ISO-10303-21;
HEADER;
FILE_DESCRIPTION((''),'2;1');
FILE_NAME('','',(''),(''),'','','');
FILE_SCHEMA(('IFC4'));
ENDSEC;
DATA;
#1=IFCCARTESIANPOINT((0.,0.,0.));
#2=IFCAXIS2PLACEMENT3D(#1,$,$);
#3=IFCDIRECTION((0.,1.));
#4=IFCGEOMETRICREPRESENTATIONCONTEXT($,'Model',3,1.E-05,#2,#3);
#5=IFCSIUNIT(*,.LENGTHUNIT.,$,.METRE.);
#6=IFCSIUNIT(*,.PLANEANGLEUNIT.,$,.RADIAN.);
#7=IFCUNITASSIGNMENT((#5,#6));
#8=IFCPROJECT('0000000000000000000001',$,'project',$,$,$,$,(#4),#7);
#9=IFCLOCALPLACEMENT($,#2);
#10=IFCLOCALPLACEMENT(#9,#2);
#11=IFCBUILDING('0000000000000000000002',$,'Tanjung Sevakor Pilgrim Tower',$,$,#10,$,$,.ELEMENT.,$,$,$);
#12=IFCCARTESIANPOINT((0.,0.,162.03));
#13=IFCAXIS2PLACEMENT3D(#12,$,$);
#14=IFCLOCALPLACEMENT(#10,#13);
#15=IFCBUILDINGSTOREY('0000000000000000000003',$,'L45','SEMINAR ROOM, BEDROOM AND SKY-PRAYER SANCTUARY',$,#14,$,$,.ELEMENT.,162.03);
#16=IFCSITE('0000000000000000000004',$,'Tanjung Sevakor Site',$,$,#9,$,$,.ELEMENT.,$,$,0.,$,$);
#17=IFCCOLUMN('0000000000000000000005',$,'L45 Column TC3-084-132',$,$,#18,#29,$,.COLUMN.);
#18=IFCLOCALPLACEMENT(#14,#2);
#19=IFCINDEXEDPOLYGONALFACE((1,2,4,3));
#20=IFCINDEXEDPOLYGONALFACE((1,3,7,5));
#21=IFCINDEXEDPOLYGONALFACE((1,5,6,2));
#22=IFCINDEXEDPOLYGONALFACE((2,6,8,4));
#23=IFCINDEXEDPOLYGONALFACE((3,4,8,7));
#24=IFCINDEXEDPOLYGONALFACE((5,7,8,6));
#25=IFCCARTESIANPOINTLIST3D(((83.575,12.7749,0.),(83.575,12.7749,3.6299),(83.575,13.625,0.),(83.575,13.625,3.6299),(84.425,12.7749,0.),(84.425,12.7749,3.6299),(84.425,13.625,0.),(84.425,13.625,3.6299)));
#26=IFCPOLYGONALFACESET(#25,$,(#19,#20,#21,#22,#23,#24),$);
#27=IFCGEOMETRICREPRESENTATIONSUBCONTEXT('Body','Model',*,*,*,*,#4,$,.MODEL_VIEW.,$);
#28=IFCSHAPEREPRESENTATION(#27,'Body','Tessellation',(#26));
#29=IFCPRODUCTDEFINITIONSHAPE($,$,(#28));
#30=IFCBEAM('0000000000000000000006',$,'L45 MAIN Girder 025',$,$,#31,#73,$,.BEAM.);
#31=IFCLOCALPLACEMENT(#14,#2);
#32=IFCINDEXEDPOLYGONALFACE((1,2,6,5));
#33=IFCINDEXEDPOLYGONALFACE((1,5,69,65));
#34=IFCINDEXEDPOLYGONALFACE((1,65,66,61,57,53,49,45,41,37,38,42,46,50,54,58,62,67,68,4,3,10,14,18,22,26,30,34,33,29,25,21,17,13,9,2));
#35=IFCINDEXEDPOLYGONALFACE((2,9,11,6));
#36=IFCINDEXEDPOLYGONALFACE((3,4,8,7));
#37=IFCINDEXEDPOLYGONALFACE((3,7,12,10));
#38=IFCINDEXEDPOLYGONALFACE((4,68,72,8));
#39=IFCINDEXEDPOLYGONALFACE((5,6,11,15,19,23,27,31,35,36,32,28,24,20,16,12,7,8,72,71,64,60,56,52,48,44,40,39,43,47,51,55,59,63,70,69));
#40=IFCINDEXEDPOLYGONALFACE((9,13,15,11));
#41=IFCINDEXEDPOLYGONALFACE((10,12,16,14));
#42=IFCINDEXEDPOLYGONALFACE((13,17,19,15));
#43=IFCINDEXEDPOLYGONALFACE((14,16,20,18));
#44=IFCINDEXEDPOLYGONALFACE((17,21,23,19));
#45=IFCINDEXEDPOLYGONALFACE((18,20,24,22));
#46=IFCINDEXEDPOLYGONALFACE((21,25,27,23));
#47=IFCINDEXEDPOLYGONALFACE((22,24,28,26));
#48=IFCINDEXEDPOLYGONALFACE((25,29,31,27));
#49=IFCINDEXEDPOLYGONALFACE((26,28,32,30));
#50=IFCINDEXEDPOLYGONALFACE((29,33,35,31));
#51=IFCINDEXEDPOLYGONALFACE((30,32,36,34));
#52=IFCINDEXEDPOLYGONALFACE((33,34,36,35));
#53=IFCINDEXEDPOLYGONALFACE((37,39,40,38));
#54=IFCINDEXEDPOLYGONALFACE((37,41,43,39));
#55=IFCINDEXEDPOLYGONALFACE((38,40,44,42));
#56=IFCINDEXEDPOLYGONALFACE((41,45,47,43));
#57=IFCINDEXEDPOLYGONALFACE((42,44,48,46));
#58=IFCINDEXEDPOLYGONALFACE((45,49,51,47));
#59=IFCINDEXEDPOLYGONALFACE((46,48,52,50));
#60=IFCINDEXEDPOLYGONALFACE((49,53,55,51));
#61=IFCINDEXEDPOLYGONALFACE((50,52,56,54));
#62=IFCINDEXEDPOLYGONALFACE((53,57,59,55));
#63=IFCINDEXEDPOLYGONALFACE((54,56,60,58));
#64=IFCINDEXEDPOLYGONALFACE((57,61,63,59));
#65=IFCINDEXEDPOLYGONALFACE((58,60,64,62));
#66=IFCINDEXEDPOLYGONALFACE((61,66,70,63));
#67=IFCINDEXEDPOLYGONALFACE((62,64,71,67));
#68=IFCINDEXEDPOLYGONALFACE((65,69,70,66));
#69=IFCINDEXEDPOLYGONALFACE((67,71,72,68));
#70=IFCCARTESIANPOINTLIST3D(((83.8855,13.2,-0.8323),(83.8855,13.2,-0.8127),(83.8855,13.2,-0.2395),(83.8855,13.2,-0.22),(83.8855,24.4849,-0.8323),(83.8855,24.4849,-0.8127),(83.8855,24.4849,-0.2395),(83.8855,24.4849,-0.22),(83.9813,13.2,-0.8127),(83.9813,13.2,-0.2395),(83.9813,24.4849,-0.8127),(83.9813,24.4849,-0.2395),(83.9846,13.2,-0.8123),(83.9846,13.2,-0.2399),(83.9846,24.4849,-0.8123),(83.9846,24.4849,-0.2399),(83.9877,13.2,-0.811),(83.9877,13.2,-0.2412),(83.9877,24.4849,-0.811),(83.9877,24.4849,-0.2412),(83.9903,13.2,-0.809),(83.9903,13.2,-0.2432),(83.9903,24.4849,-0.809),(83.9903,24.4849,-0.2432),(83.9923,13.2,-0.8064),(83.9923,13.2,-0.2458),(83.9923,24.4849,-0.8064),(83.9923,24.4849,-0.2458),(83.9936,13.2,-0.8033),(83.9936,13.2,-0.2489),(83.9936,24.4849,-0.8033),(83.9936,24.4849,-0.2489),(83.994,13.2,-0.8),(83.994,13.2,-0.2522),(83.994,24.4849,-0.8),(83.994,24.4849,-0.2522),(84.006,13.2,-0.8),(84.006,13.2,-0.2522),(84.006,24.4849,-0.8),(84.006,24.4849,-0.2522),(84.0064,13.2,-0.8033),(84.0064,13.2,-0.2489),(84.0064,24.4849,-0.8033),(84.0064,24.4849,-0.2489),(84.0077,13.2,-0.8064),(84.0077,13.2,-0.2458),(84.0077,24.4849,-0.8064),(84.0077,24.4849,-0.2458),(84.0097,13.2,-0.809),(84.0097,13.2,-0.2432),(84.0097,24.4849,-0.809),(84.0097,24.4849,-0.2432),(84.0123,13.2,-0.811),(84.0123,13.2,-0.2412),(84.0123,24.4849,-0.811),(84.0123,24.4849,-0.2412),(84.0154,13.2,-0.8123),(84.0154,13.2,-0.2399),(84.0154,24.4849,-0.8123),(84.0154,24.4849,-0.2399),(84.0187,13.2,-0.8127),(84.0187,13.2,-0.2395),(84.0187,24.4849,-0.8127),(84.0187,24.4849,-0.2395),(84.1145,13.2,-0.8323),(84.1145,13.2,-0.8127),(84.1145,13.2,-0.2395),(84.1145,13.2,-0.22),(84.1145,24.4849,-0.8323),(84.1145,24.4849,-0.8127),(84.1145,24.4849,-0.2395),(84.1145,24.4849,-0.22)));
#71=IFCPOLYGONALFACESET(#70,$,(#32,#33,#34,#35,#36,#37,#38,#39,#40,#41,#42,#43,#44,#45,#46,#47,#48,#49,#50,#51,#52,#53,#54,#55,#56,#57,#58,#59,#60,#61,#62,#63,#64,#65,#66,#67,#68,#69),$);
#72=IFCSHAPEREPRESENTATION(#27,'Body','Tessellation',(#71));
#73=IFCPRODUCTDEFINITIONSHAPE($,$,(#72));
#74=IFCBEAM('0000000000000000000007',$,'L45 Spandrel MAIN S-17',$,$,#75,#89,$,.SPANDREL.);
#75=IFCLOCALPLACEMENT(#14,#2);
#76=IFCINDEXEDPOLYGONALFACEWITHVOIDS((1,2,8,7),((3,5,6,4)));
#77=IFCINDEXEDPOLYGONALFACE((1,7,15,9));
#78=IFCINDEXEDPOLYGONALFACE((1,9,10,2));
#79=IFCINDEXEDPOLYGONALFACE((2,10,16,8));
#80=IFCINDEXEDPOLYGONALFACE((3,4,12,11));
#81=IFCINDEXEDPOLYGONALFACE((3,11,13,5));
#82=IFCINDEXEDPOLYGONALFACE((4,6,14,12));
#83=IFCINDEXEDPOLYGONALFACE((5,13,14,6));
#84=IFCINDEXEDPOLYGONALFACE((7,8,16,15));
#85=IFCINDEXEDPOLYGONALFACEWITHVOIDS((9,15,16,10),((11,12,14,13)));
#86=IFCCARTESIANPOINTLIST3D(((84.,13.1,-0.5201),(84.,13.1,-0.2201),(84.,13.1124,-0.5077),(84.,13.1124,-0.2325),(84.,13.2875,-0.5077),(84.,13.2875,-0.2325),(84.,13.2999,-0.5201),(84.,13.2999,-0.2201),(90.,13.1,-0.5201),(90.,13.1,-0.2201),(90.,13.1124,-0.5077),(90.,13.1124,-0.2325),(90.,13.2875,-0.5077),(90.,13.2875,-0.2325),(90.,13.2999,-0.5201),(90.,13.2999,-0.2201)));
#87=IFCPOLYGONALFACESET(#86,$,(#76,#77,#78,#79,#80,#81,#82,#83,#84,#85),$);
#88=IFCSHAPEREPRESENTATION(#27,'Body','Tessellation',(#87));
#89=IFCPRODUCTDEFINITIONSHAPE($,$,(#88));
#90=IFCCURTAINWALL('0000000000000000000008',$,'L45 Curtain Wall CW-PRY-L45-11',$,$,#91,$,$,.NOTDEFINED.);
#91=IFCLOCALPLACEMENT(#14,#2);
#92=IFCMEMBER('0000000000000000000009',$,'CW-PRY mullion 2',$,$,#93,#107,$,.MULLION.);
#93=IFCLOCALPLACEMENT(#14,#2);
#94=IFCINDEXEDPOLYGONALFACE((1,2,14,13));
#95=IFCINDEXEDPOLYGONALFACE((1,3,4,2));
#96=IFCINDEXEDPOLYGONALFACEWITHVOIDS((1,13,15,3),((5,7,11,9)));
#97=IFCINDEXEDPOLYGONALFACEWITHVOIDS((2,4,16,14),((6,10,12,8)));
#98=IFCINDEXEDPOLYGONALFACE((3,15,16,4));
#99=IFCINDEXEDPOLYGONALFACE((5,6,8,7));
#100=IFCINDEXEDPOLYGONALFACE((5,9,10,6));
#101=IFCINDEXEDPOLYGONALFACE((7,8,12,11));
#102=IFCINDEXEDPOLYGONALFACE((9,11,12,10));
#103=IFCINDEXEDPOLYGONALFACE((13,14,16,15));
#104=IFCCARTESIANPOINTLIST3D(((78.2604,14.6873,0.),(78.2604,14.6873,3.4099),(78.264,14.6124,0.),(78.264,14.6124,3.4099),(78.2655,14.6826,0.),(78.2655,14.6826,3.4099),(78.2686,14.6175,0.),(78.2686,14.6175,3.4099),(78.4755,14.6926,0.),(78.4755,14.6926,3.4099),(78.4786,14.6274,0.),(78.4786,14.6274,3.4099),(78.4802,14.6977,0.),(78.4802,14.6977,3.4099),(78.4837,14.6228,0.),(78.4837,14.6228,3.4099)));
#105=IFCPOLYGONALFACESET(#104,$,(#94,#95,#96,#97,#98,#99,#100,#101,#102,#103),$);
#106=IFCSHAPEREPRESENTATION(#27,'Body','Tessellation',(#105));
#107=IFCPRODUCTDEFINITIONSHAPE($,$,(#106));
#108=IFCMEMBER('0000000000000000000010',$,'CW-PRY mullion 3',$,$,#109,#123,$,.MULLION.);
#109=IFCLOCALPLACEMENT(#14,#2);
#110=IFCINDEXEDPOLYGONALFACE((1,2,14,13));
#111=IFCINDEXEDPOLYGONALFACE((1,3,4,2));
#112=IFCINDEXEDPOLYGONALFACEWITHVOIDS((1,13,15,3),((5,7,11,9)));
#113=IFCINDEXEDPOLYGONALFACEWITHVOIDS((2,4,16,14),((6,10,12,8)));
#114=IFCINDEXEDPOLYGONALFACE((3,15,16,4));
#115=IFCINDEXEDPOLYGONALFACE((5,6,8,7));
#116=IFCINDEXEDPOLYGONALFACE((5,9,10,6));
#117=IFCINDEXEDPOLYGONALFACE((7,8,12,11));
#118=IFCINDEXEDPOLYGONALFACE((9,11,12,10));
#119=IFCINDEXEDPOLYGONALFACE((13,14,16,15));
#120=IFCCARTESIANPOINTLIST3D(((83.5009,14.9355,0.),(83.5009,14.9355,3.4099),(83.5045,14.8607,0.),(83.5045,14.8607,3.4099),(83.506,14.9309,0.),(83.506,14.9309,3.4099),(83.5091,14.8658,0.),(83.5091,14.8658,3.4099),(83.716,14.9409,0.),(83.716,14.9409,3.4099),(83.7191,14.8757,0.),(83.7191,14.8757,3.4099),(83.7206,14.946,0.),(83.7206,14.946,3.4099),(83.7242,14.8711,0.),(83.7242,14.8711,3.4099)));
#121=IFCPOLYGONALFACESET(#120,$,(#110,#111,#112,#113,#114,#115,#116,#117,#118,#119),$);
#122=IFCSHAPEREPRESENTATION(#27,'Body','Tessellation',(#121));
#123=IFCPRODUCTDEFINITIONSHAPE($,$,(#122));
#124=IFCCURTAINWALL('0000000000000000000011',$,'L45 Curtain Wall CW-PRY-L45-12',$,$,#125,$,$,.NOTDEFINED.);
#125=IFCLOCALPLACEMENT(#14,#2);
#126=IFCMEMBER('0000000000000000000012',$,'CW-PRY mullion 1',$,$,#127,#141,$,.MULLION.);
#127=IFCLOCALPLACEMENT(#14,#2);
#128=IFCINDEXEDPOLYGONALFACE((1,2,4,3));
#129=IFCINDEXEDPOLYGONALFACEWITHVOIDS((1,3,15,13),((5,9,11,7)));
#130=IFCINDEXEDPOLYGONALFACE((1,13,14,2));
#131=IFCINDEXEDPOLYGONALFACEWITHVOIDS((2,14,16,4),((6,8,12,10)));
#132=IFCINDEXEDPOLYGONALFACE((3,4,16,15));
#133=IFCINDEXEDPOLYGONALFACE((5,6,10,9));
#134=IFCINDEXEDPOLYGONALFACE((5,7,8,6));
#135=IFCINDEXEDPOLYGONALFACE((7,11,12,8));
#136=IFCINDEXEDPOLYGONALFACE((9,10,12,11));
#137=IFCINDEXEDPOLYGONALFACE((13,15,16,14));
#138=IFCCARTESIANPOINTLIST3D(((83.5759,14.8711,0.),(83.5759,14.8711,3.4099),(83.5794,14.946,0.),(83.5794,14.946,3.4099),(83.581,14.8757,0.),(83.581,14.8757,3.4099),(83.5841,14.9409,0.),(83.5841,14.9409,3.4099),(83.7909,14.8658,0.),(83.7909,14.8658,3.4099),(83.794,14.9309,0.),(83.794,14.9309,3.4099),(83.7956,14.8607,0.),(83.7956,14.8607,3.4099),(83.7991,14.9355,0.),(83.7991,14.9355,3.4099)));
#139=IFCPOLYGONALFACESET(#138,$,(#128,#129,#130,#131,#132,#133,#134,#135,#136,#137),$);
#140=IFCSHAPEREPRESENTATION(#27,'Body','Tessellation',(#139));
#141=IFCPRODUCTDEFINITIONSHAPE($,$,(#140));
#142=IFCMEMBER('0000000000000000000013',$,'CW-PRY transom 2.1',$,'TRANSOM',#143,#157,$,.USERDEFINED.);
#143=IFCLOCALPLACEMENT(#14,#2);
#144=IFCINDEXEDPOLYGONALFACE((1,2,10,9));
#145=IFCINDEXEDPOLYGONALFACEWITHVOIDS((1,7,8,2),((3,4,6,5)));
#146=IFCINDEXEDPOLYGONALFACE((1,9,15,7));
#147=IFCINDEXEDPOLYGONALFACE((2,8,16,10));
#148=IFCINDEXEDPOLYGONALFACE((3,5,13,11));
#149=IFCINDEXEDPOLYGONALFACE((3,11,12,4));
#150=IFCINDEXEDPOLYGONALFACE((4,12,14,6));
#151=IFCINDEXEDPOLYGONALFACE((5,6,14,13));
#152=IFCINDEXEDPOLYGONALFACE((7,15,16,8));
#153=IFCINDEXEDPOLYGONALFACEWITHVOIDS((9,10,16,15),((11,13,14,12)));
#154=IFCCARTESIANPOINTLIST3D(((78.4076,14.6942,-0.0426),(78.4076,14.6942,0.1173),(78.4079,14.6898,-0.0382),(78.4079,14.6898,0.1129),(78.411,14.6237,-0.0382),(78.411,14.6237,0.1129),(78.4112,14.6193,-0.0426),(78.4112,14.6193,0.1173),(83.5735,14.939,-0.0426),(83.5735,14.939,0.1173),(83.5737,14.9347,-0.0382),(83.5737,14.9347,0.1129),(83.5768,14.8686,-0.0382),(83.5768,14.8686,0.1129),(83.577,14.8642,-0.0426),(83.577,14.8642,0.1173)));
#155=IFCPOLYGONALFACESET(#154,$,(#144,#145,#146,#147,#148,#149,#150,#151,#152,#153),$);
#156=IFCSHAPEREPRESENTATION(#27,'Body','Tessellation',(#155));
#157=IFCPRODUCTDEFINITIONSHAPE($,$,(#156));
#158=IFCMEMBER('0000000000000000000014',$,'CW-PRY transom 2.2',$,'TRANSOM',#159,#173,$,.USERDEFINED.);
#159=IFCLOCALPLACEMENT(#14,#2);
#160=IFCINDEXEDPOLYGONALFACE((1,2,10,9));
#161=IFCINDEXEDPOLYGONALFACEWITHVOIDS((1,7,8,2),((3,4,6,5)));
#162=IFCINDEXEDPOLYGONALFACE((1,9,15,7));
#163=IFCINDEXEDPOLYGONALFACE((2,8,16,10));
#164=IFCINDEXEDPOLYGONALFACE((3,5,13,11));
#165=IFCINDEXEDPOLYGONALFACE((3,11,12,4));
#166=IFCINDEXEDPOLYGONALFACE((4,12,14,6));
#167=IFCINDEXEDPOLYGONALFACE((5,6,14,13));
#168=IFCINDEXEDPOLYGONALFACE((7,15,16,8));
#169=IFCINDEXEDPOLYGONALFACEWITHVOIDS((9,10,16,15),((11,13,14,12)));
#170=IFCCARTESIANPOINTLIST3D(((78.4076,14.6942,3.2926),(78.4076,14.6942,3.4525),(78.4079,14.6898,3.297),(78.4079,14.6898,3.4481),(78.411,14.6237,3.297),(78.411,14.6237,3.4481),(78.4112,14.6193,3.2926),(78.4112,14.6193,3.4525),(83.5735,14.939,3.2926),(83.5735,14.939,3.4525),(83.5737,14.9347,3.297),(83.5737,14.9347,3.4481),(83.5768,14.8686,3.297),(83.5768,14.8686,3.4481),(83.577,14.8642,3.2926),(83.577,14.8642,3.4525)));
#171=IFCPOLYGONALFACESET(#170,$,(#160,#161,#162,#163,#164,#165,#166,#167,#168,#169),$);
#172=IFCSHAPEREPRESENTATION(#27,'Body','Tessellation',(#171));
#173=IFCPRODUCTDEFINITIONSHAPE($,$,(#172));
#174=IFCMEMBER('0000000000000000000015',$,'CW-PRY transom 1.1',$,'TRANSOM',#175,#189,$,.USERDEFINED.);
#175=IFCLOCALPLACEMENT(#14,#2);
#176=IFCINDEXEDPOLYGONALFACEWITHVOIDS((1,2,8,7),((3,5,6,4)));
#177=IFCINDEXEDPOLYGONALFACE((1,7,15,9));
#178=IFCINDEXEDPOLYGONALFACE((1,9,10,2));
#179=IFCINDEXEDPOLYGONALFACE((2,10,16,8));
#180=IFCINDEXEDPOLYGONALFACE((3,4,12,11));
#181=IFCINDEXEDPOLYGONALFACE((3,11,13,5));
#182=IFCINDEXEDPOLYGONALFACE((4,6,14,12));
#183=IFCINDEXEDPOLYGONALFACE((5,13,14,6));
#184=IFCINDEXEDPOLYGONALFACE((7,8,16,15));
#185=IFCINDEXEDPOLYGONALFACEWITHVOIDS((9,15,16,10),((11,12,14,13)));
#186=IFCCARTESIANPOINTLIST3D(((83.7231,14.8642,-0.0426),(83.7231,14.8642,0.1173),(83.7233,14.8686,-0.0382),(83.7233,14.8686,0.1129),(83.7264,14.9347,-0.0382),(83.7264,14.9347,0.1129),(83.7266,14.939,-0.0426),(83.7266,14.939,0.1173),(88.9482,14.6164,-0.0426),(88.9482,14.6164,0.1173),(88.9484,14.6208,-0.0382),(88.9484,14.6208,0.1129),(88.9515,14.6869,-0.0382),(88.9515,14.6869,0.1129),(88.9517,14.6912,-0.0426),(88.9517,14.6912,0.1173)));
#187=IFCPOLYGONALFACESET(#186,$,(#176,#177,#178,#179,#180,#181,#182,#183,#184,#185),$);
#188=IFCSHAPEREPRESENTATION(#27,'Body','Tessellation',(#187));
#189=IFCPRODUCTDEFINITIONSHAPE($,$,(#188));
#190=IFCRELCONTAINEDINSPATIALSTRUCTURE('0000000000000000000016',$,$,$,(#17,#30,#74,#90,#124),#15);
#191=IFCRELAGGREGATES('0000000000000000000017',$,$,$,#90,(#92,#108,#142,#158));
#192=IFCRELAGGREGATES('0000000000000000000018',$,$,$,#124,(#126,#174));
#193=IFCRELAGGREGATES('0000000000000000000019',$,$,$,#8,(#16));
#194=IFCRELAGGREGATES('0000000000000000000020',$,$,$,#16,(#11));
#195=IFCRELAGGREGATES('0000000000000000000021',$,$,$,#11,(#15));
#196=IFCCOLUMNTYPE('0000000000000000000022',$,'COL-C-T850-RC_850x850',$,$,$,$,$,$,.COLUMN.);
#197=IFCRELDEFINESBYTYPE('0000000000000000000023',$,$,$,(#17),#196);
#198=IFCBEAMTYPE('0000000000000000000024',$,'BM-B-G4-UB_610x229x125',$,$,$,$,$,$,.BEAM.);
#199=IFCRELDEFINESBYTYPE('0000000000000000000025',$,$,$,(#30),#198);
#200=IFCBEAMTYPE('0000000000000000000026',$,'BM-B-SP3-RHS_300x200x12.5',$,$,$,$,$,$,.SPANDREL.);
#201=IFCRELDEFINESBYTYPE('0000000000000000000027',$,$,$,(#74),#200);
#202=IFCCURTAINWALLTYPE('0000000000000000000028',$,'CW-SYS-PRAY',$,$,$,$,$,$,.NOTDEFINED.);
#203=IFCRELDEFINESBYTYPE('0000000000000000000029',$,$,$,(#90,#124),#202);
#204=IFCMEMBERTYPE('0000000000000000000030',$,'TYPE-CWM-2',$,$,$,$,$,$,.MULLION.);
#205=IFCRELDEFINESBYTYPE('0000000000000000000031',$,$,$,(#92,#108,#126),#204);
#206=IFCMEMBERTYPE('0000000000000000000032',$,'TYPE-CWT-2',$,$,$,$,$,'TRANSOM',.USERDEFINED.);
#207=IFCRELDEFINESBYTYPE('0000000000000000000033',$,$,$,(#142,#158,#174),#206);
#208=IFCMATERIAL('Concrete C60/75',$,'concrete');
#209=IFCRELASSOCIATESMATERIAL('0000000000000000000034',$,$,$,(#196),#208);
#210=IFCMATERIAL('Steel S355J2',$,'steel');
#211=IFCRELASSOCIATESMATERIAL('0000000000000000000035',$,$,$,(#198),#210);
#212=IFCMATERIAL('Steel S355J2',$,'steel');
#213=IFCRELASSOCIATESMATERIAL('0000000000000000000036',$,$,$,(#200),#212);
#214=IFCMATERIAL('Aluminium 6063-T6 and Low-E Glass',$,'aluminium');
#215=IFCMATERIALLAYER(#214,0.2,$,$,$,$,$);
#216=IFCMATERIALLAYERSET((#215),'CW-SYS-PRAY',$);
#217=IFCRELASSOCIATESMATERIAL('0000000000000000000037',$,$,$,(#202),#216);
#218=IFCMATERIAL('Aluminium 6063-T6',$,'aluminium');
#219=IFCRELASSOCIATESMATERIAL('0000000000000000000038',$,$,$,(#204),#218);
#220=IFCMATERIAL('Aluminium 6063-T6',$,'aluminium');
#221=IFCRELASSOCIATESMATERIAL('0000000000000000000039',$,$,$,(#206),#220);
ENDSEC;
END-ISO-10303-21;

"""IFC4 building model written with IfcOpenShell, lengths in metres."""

from ifc_helpers import new_model, si_unit, direction, frame, origin, origin_2d, place, context, subcontext, project, spatial, rectangle, hollow_rectangle, i_section, extrude, material, layer, layer_set, material_profile, profile_set, type_object, element, aggregate, save


model = new_model("IFC4")

# Units and contexts
model_context = context("Model", 3, precision=1e-05, world=origin(), true_north=direction((0.0, 1.0)))
body_context = subcontext(model_context, "Body", "Model", "MODEL_VIEW")
ifc_project = project(units=[si_unit("LENGTHUNIT", "METRE"), si_unit("PLANEANGLEUNIT", "RADIAN")], contexts=[model_context])

# Site, building, storey
site_placement = place(None, origin())
site = spatial("IfcSite", under=ifc_project, at=site_placement, Name="Tanjung Sevakor Site", CompositionType="ELEMENT", RefElevation=0.0)
building_placement = place(site_placement, origin())
building = spatial("IfcBuilding", under=site, at=building_placement, Name="Tanjung Sevakor Pilgrim Tower", CompositionType="ELEMENT")
storey_placement = place(building_placement, frame((0.0, 0.0, 162.03)))
storey = spatial("IfcBuildingStorey", under=building, at=storey_placement, Name="L45", Description="SEMINAR ROOM, BEDROOM AND SKY-PRAYER SANCTUARY", CompositionType="ELEMENT", Elevation=162.03)

# Column
ifc_material_1 = material(Name="Concrete C60/75", Category="concrete")
ifc_material_profile_1 = material_profile(ifc_material_1, rectangle(XDim=0.8501, YDim=0.8501, at=origin_2d()))
ifc_profile_set_1 = profile_set([ifc_material_profile_1], Name="Concrete C60/75")
column_type = type_object("IfcColumnType", Name="COL-C-T850-RC_850x850", PredefinedType="COLUMN", material=ifc_profile_set_1)
column_placement = place(storey_placement, frame((84.0, 13.2, 0.0), z_axis=(0.0, 0.0, 1.0), x_axis=(1.0, 0.0, 0.0)))
element("IfcColumn", 1, at=column_placement, inside=storey, type_object=column_type, Name="L45 Column TC3-084-132", PredefinedType="COLUMN", context=body_context, shape_type="SweptSolid", body=[
    extrude(rectangle(XDim=0.8501, YDim=0.8501, at=origin_2d()), origin(), (0.0, 0.0, 1.0), 3.6299),
])

# Beams
ifc_material_2 = material(Name="Steel S355J2", Category="steel")
ifc_material_profile_2 = material_profile(ifc_material_2, i_section(OverallWidth=0.229, OverallDepth=0.6123, WebThickness=0.012, FlangeThickness=0.0195, FilletRadius=0.0127, at=origin_2d()))
ifc_profile_set_2 = profile_set([ifc_material_profile_2], Name="Steel S355J2")
beam_type_1 = type_object("IfcBeamType", Name="BM-B-G4-UB_610x229x125", PredefinedType="BEAM", material=ifc_profile_set_2)
beam_1_placement = place(storey_placement, frame((84.0, 13.2, -0.5261), z_axis=(0.0, 1.0, 0.0), x_axis=(-1.0, 0.0, 0.0)))
element("IfcBeam", 2, at=beam_1_placement, inside=storey, type_object=beam_type_1, Name="L45 MAIN Girder 025", PredefinedType="BEAM", context=body_context, shape_type="SweptSolid", body=[
    extrude(i_section(OverallWidth=0.229, OverallDepth=0.6123, WebThickness=0.012, FlangeThickness=0.0195, FilletRadius=0.0127, at=origin_2d()), origin(), (0.0, 0.0, 1.0), 11.2849),
])
ifc_material_3 = material(Name="Steel S355J2", Category="steel")
ifc_material_profile_3 = material_profile(ifc_material_3, hollow_rectangle(XDim=0.2, YDim=0.3, WallThickness=0.0125, at=origin_2d()))
ifc_profile_set_3 = profile_set([ifc_material_profile_3], Name="Steel S355J2")
beam_type_2 = type_object("IfcBeamType", Name="BM-B-SP3-RHS_300x200x12.5", PredefinedType="SPANDREL", material=ifc_profile_set_3)
beam_2_placement = place(storey_placement, frame((84.0, 13.2, -0.3701), z_axis=(1.0, 0.0, 0.0), x_axis=(0.0, 1.0, 0.0)))
element("IfcBeam", 3, at=beam_2_placement, inside=storey, type_object=beam_type_2, Name="L45 Spandrel MAIN S-17", PredefinedType="SPANDREL", context=body_context, shape_type="SweptSolid", body=[
    extrude(hollow_rectangle(XDim=0.2, YDim=0.3, WallThickness=0.0125, at=origin_2d()), origin(), (0.0, 0.0, 1.0), 6.0),
])

# Curtain wall, members
ifc_material_4 = material(Name="Aluminium 6063-T6 and Low-E Glass", Category="aluminium")
ifc_layer_1 = layer(ifc_material_4, 0.2)
ifc_layer_set_1 = layer_set([ifc_layer_1], Name="CW-SYS-PRAY")
curtain_wall_type = type_object("IfcCurtainWallType", Name="CW-SYS-PRAY", PredefinedType="NOTDEFINED", material=ifc_layer_set_1)
curtain_wall_1_placement = place(storey_placement, origin())
curtain_wall_1 = element("IfcCurtainWall", 4, at=curtain_wall_1_placement, inside=storey, type_object=curtain_wall_type, Name="L45 Curtain Wall CW-PRY-L45-11", PredefinedType="NOTDEFINED")
ifc_material_5 = material(Name="Aluminium 6063-T6", Category="aluminium")
ifc_material_profile_4 = material_profile(ifc_material_5, hollow_rectangle(XDim=0.075, YDim=0.22, WallThickness=0.0049, at=origin_2d()))
ifc_profile_set_4 = profile_set([ifc_material_profile_4], Name="Aluminium 6063-T6")
member_type_1 = type_object("IfcMemberType", Name="TYPE-CWM-2", PredefinedType="MULLION", material=ifc_profile_set_4)
member_1_placement = place(storey_placement, frame((78.3721, 14.655, 0.0), z_axis=(0.0, 0.0, 1.0), x_axis=(-0.047333, 0.998879, 0.0)))
member_1 = element("IfcMember", 5, at=member_1_placement, type_object=member_type_1, Name="CW-PRY mullion 2", PredefinedType="MULLION", context=body_context, shape_type="SweptSolid", body=[
    extrude(hollow_rectangle(XDim=0.075, YDim=0.22, WallThickness=0.0049, at=origin_2d()), origin(), (0.0, 0.0, 1.0), 3.4099),
])
member_2_placement = place(storey_placement, frame((83.6125, 14.9033, 0.0), z_axis=(0.0, 0.0, 1.0), x_axis=(-0.047333, 0.998879, 0.0)))
member_2 = element("IfcMember", 6, at=member_2_placement, type_object=member_type_1, Name="CW-PRY mullion 3", PredefinedType="MULLION", context=body_context, shape_type="SweptSolid", body=[
    extrude(hollow_rectangle(XDim=0.075, YDim=0.22, WallThickness=0.0049, at=origin_2d()), origin(), (0.0, 0.0, 1.0), 3.4099),
])

# Curtain wall, member
curtain_wall_2_placement = place(storey_placement, origin())
curtain_wall_2 = element("IfcCurtainWall", 7, at=curtain_wall_2_placement, inside=storey, type_object=curtain_wall_type, Name="L45 Curtain Wall CW-PRY-L45-12", PredefinedType="NOTDEFINED")
member_3_placement = place(storey_placement, frame((83.6875, 14.9033, 0.0), z_axis=(0.0, 0.0, 1.0), x_axis=(0.047338, 0.998879, 0.0)))
member_3 = element("IfcMember", 8, at=member_3_placement, type_object=member_type_1, Name="CW-PRY mullion 1", PredefinedType="MULLION", context=body_context, shape_type="SweptSolid", body=[
    extrude(hollow_rectangle(XDim=0.075, YDim=0.22, WallThickness=0.0049, at=origin_2d()), origin(), (0.0, 0.0, 1.0), 3.4099),
])

# Members
ifc_material_6 = material(Name="Aluminium 6063-T6", Category="aluminium")
ifc_material_profile_5 = material_profile(ifc_material_6, hollow_rectangle(XDim=0.075, YDim=0.1599, WallThickness=0.0044, at=origin_2d()))
ifc_profile_set_5 = profile_set([ifc_material_profile_5], Name="Aluminium 6063-T6")
member_type_2 = type_object("IfcMemberType", Name="TYPE-CWT-2", ElementType="TRANSOM", PredefinedType="USERDEFINED", material=ifc_profile_set_5)
member_4_placement = place(storey_placement, frame((78.4094, 14.6567, 0.0374), z_axis=(0.998878, 0.04735, 0.0), x_axis=(-0.04735, 0.998878, 0.0)))
member_4 = element("IfcMember", 9, at=member_4_placement, type_object=member_type_2, Name="CW-PRY transom 2.1", ObjectType="TRANSOM", PredefinedType="USERDEFINED", context=body_context, shape_type="SweptSolid", body=[
    extrude(hollow_rectangle(XDim=0.075, YDim=0.1599, WallThickness=0.0044, at=origin_2d()), origin(), (0.0, 0.0, 1.0), 5.1716),
])
member_5_placement = place(storey_placement, frame((78.4094, 14.6567, 3.3726), z_axis=(0.998878, 0.04735, 0.0), x_axis=(-0.04735, 0.998878, 0.0)))
member_5 = element("IfcMember", 10, at=member_5_placement, type_object=member_type_2, Name="CW-PRY transom 2.2", ObjectType="TRANSOM", PredefinedType="USERDEFINED", context=body_context, shape_type="SweptSolid", body=[
    extrude(hollow_rectangle(XDim=0.075, YDim=0.1599, WallThickness=0.0044, at=origin_2d()), origin(), (0.0, 0.0, 1.0), 5.1716),
])
member_6_placement = place(storey_placement, frame((83.7249, 14.9016, 0.0374), z_axis=(0.998877, -0.047372, 0.0), x_axis=(0.047372, 0.998877, 0.0)))
member_6 = element("IfcMember", 11, at=member_6_placement, type_object=member_type_2, Name="CW-PRY transom 1.1", ObjectType="TRANSOM", PredefinedType="USERDEFINED", context=body_context, shape_type="SweptSolid", body=[
    extrude(hollow_rectangle(XDim=0.075, YDim=0.1599, WallThickness=0.0044, at=origin_2d()), origin(), (0.0, 0.0, 1.0), 5.231),
])

aggregate(curtain_wall_1, [member_1, member_2, member_4, member_5])
aggregate(curtain_wall_2, [member_3, member_6])

save(model, "model.ifc")
